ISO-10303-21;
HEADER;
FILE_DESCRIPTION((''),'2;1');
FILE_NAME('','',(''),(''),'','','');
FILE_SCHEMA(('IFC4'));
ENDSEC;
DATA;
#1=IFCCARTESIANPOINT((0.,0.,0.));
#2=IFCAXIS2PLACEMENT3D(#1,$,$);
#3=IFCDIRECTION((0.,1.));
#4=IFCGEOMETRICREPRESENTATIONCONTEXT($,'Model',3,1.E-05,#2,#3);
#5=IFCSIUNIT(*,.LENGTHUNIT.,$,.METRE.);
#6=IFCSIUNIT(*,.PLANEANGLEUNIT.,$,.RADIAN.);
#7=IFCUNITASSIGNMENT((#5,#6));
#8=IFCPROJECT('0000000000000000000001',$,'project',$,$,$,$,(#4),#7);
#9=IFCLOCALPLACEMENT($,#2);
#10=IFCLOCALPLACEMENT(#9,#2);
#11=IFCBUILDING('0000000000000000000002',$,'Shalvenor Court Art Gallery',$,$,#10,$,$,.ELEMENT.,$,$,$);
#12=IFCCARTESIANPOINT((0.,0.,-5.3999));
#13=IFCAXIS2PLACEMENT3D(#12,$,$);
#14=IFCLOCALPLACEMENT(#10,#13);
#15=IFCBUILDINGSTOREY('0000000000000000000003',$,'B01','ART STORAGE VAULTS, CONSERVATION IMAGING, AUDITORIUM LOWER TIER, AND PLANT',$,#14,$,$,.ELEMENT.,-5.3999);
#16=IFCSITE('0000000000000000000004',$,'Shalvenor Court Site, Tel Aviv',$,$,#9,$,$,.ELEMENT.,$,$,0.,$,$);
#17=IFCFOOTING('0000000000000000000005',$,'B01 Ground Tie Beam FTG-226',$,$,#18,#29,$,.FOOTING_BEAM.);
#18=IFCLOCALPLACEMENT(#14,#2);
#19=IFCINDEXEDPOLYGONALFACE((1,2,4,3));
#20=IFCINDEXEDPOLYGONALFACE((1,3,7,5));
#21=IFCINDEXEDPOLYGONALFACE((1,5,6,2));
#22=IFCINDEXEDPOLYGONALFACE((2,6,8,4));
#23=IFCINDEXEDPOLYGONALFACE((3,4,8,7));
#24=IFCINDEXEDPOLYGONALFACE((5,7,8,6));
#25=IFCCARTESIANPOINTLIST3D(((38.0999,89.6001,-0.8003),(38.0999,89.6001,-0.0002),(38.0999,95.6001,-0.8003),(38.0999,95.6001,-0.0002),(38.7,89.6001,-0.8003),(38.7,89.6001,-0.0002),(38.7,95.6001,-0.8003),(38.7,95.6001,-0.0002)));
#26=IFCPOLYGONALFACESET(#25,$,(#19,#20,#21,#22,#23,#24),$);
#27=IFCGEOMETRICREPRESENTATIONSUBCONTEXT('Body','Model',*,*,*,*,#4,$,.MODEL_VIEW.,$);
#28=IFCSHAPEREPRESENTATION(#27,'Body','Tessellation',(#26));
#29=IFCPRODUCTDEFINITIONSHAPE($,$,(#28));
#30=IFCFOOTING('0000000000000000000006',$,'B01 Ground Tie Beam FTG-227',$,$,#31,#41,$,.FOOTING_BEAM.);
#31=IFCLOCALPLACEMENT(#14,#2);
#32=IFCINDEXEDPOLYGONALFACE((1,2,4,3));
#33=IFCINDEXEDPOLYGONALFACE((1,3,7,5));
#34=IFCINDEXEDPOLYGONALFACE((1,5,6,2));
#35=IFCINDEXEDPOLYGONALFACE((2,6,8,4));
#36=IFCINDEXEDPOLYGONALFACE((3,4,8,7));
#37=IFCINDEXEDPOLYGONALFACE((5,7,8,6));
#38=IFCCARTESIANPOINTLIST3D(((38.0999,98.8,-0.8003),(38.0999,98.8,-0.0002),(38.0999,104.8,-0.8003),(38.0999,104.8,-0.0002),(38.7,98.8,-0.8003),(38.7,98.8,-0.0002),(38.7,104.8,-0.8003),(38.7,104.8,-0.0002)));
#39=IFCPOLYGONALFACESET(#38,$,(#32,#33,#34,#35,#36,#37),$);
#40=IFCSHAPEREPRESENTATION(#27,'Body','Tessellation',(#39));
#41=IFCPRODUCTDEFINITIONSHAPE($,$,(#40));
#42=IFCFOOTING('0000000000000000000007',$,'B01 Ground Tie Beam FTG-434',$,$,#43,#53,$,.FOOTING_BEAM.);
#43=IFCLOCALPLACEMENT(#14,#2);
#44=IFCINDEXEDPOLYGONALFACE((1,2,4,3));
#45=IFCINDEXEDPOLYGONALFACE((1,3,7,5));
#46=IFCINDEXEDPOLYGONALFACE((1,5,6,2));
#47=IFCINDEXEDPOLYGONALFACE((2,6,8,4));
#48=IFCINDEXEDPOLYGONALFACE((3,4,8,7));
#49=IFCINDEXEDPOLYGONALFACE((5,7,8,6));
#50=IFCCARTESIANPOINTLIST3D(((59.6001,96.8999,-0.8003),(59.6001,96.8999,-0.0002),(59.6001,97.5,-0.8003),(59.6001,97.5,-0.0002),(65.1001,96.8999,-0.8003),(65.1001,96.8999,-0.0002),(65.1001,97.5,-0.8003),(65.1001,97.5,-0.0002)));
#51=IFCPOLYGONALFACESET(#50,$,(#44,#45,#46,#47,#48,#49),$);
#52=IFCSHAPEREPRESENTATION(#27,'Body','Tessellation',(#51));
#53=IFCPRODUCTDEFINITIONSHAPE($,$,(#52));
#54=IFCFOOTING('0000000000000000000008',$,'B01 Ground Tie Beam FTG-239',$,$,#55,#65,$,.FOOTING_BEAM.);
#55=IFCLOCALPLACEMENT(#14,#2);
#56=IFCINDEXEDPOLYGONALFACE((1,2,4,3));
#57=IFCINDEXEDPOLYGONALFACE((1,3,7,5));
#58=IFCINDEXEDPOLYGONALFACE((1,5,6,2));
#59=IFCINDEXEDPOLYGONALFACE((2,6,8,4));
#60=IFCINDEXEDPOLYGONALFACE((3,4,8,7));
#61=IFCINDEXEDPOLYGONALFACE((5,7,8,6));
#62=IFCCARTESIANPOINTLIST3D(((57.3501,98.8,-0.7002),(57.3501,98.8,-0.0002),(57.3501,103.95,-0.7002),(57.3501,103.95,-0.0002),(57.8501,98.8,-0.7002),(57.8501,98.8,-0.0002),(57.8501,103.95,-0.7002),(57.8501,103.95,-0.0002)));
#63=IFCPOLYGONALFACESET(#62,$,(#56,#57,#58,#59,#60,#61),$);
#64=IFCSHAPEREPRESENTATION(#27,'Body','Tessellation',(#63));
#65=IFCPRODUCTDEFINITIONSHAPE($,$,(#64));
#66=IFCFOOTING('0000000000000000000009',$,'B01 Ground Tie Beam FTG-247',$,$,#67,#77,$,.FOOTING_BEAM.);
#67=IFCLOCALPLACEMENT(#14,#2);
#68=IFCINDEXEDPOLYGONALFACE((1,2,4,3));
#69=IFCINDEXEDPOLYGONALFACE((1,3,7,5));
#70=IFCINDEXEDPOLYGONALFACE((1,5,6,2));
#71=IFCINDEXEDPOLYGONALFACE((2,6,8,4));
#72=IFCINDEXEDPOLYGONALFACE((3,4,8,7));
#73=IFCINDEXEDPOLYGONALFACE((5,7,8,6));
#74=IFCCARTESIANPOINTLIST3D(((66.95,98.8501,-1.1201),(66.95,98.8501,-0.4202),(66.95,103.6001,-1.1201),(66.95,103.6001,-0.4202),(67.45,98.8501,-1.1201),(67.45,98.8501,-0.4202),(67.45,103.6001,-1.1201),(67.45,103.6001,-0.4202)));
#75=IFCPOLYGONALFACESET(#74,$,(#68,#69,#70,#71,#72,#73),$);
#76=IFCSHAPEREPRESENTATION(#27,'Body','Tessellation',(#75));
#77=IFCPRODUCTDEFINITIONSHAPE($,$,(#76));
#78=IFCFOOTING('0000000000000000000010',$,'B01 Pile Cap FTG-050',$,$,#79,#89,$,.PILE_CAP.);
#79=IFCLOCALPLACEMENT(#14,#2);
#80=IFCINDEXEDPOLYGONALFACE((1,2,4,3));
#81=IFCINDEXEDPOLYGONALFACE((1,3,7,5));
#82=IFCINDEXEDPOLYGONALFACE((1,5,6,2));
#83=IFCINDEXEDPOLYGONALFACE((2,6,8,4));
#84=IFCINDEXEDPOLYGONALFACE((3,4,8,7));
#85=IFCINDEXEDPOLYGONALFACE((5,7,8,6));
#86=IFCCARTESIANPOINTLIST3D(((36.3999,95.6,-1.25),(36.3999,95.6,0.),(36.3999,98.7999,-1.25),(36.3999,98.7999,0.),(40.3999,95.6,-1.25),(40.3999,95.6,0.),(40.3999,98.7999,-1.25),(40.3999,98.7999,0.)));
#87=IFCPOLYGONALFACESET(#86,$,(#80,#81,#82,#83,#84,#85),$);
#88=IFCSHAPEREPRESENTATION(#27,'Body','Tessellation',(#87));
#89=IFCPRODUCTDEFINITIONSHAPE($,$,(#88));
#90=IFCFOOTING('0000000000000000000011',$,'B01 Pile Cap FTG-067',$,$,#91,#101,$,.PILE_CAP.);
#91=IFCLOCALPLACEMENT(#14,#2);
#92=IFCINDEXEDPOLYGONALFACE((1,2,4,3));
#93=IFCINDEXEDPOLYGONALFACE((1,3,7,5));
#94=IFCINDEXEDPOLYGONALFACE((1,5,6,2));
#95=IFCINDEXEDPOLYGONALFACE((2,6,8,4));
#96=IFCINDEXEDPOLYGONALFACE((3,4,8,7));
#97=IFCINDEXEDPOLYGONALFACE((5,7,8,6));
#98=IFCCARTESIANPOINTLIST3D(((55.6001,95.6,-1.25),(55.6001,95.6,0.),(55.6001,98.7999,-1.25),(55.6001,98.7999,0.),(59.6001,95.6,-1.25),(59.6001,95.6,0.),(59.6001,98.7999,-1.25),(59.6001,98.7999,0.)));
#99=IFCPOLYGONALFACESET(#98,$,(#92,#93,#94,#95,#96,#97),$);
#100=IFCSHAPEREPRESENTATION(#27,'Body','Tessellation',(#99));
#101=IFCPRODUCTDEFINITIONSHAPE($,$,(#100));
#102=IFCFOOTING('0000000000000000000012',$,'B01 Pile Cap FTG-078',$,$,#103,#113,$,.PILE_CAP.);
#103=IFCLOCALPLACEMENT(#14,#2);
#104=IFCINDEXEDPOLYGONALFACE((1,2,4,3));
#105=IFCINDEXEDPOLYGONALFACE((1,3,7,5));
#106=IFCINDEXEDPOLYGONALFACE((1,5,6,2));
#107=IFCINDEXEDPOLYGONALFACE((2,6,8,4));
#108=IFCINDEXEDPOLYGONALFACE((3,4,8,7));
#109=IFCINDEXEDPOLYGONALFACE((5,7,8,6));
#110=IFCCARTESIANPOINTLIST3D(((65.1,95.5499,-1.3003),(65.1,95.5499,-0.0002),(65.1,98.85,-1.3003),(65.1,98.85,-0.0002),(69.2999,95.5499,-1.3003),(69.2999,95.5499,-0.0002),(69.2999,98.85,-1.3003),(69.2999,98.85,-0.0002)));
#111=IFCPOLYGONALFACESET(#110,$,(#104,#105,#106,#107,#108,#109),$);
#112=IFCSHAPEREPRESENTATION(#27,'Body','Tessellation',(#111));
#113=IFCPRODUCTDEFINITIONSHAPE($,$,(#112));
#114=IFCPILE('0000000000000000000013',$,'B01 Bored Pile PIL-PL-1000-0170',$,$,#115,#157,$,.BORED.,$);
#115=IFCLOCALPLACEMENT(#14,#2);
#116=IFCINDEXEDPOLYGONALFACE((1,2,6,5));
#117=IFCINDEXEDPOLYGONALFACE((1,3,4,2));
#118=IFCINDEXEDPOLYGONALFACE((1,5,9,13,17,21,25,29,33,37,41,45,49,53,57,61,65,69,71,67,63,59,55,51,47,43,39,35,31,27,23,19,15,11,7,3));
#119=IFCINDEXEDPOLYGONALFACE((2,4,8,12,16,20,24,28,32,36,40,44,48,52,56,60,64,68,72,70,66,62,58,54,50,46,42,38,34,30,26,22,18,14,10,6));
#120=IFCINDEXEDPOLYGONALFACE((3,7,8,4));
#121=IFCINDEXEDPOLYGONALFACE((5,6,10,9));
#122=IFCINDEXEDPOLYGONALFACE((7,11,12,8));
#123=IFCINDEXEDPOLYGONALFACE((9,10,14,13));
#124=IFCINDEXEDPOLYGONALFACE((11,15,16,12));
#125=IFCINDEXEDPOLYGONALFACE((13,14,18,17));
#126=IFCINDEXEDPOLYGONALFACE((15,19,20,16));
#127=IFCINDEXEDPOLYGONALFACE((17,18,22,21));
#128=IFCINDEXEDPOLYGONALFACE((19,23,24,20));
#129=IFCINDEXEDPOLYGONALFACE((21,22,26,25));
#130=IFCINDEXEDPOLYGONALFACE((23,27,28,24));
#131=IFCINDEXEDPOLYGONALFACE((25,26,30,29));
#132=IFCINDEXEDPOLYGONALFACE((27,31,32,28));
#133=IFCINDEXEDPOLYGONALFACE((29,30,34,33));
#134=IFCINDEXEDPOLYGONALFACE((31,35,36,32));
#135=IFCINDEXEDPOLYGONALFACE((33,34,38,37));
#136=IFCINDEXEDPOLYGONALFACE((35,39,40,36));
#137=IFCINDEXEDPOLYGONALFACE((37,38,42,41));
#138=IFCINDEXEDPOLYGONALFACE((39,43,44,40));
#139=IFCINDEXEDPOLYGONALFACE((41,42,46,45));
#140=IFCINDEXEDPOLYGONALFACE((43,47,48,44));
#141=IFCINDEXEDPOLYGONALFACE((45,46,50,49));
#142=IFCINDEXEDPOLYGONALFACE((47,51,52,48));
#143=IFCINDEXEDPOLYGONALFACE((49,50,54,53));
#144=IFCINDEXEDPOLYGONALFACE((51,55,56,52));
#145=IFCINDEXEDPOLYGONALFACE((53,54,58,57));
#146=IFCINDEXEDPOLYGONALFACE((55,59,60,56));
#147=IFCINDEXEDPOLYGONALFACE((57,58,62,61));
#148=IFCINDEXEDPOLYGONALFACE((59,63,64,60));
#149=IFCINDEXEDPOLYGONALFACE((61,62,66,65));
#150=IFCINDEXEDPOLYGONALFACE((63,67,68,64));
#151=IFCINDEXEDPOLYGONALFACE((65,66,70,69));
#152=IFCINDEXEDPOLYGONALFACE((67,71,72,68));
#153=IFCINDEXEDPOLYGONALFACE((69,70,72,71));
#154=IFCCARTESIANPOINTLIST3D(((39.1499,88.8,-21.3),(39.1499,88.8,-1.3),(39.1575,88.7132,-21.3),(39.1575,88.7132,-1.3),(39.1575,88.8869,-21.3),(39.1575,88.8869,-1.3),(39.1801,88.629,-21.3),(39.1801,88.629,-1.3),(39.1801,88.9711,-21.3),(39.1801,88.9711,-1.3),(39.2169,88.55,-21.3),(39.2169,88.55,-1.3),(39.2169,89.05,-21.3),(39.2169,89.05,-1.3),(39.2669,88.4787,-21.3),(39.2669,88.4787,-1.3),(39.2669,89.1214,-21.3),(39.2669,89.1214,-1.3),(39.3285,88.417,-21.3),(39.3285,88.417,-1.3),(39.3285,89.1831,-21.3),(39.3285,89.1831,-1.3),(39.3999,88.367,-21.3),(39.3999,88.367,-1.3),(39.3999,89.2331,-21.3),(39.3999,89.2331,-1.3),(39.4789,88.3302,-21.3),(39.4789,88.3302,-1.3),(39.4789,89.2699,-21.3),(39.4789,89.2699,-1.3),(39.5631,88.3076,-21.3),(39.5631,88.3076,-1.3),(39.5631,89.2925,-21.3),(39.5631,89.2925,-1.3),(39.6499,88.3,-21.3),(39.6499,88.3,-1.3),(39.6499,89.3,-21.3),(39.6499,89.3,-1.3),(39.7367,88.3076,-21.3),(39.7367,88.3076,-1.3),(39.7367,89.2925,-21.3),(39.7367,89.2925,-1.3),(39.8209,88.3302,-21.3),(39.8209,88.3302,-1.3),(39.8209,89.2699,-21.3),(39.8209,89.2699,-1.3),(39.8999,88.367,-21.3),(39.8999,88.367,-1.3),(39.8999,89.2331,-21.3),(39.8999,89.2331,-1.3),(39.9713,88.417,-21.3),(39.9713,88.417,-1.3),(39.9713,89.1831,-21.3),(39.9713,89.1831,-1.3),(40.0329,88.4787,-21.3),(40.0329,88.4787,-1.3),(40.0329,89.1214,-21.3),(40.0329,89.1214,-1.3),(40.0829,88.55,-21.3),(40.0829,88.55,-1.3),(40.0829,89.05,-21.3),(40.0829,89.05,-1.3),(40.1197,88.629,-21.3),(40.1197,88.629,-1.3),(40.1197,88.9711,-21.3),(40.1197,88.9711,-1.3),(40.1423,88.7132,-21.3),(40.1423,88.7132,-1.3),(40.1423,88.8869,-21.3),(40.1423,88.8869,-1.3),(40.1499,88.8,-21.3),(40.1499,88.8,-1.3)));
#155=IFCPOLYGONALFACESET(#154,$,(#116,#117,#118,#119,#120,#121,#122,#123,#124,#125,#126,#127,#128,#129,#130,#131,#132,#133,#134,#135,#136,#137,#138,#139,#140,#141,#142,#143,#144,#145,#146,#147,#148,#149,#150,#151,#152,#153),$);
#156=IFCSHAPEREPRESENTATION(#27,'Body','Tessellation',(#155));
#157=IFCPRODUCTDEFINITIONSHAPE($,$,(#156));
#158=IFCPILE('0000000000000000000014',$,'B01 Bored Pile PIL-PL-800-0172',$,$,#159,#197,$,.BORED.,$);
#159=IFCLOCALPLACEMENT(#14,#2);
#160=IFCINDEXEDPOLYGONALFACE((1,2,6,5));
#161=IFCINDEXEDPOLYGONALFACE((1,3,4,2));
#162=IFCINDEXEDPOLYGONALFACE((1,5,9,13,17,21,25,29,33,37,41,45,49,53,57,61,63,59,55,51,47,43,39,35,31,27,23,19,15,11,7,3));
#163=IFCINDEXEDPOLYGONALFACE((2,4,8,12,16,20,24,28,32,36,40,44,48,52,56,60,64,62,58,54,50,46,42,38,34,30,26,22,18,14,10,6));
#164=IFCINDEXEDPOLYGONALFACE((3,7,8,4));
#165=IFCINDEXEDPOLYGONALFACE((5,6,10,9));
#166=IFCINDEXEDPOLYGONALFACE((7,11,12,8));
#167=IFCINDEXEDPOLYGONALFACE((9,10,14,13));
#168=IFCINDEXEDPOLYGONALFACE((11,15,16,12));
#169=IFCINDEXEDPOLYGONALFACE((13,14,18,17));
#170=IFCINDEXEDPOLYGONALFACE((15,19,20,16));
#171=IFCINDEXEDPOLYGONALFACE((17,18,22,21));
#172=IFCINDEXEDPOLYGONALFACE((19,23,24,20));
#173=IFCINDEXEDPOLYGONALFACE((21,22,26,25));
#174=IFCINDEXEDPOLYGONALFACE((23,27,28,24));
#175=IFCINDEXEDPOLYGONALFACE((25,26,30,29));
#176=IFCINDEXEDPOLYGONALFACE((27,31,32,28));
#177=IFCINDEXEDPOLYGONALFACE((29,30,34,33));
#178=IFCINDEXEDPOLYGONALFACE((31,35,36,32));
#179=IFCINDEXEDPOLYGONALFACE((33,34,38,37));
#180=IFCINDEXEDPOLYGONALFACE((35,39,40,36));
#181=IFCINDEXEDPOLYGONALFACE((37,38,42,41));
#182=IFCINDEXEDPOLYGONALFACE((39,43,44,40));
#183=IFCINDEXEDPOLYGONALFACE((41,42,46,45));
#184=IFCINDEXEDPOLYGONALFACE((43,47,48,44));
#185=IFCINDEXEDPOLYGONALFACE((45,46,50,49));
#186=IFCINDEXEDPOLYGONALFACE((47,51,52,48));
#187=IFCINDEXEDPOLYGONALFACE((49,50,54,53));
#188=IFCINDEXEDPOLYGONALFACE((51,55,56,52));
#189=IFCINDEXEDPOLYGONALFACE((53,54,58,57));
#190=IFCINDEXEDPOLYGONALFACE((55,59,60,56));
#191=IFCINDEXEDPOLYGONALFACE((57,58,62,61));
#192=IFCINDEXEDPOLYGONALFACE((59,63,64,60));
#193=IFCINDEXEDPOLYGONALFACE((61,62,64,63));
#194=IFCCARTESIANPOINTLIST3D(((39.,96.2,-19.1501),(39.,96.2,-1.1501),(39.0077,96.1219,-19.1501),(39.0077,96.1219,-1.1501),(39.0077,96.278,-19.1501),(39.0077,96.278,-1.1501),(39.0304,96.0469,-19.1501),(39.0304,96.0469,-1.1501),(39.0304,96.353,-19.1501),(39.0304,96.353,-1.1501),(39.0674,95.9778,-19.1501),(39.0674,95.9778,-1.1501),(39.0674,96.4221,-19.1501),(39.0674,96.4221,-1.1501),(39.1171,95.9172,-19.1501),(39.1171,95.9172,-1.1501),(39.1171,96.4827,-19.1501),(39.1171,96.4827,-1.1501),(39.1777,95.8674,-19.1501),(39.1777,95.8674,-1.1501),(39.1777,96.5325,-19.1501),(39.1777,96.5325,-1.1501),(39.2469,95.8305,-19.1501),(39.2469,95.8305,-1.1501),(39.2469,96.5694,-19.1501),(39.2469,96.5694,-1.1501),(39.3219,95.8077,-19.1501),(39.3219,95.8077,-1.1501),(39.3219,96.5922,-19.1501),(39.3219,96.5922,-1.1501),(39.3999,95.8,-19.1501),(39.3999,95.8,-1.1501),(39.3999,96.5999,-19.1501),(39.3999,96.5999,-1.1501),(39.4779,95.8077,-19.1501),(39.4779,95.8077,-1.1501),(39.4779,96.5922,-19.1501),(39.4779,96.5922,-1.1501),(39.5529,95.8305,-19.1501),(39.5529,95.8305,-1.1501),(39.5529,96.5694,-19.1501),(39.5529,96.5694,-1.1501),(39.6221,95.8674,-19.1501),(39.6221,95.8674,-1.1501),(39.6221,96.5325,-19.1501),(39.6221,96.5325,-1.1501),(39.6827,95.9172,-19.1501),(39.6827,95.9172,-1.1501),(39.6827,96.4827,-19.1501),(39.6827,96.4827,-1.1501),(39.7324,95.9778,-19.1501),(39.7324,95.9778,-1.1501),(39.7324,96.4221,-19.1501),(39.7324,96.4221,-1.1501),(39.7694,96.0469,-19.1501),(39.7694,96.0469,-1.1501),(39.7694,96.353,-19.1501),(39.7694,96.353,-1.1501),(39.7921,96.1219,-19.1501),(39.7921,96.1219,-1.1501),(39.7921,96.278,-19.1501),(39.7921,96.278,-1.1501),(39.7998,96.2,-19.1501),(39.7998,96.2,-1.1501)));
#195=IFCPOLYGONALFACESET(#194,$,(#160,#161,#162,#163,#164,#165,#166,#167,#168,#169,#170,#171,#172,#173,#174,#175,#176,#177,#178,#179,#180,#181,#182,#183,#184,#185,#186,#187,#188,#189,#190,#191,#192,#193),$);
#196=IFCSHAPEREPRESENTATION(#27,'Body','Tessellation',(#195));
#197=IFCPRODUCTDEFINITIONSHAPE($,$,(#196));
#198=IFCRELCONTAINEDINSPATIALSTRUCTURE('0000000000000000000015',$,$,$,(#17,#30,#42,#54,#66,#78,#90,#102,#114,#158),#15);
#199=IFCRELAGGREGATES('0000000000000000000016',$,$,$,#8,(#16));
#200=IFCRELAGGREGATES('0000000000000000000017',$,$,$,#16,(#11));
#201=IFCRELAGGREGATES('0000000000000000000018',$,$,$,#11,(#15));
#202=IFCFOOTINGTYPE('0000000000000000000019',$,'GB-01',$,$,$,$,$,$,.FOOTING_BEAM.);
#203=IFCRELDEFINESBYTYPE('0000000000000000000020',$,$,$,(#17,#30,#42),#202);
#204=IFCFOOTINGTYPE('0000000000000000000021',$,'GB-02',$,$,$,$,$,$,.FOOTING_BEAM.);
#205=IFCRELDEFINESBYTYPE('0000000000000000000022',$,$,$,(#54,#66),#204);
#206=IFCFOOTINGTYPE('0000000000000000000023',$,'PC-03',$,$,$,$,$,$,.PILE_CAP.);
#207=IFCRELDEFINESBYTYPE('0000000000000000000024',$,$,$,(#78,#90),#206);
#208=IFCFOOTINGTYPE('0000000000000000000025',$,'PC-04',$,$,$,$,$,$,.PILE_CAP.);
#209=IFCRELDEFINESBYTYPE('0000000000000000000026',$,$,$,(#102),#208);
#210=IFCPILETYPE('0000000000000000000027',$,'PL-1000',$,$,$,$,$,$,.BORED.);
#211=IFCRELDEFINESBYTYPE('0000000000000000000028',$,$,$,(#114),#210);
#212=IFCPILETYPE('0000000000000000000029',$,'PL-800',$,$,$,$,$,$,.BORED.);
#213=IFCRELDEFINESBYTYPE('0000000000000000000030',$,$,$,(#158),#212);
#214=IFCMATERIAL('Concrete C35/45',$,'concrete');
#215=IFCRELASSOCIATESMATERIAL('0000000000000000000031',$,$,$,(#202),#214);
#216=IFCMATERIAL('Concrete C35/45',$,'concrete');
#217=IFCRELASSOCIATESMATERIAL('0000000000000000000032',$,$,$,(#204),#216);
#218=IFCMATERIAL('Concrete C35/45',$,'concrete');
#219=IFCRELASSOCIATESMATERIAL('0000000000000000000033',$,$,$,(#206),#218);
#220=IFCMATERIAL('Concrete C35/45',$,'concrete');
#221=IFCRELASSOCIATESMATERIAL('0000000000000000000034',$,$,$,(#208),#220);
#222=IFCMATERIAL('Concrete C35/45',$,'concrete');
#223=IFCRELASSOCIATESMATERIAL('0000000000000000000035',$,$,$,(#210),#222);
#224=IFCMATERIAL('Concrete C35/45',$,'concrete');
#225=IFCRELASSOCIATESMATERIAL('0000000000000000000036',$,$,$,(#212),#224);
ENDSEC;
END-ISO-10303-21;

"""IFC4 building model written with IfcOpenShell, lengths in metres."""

from ifc_helpers import new_model, si_unit, direction, frame, origin, origin_2d, place, context, subcontext, project, spatial, rectangle, circle, extrude, material, material_profile, profile_set, type_object, element, save


model = new_model("IFC4")

# Units and contexts
model_context = context("Model", 3, precision=1e-05, world=origin(), true_north=direction((0.0, 1.0)))
body_context = subcontext(model_context, "Body", "Model", "MODEL_VIEW")
ifc_project = project(units=[si_unit("LENGTHUNIT", "METRE"), si_unit("PLANEANGLEUNIT", "RADIAN")], contexts=[model_context])

# Site, building, storey
site_placement = place(None, origin())
site = spatial("IfcSite", under=ifc_project, at=site_placement, Name="Shalvenor Court Site, Tel Aviv", CompositionType="ELEMENT", RefElevation=0.0)
building_placement = place(site_placement, origin())
building = spatial("IfcBuilding", under=site, at=building_placement, Name="Shalvenor Court Art Gallery", CompositionType="ELEMENT")
storey_placement = place(building_placement, frame((0.0, 0.0, -5.3999)))
storey = spatial("IfcBuildingStorey", under=building, at=storey_placement, Name="B01", Description="ART STORAGE VAULTS, CONSERVATION IMAGING, AUDITORIUM LOWER TIER, AND PLANT", CompositionType="ELEMENT", Elevation=-5.3999)

# Footings
ifc_material_1 = material(Name="Concrete C35/45", Category="concrete")
footing_type_1 = type_object("IfcFootingType", Name="GB-01", PredefinedType="FOOTING_BEAM", material=ifc_material_1)
for number, where, z_axis, x_axis, name in (
    (1, (38.3999, 92.6001, -0.8003), (0.0, 0.0, 1.0), (0.0, 1.0, 0.0), "B01 Ground Tie Beam FTG-226"),
    (2, (38.3999, 101.8, -0.8003), (0.0, 0.0, 1.0), (0.0, 1.0, 0.0), "B01 Ground Tie Beam FTG-227"),
):
    element("IfcFooting", number, at=place(storey_placement, frame(where, z_axis=z_axis, x_axis=x_axis)), inside=storey, type_object=footing_type_1, Name=name, PredefinedType="FOOTING_BEAM", context=body_context, shape_type="SweptSolid", body=[
        extrude(rectangle(XDim=6.0, YDim=0.6001, at=origin_2d()), origin(), (0.0, 0.0, 1.0), 0.8),
    ])
footing_1_placement = place(storey_placement, frame((62.3501, 97.2, -0.8003), z_axis=(0.0, 0.0, 1.0), x_axis=(1.0, 0.0, 0.0)))
element("IfcFooting", 3, at=footing_1_placement, inside=storey, type_object=footing_type_1, Name="B01 Ground Tie Beam FTG-434", PredefinedType="FOOTING_BEAM", context=body_context, shape_type="SweptSolid", body=[
    extrude(rectangle(XDim=5.5, YDim=0.6001, at=origin_2d()), origin(), (0.0, 0.0, 1.0), 0.8),
])
ifc_material_2 = material(Name="Concrete C35/45", Category="concrete")
footing_type_2 = type_object("IfcFootingType", Name="GB-02", PredefinedType="FOOTING_BEAM", material=ifc_material_2)
footing_2_placement = place(storey_placement, frame((57.6001, 101.375, -0.7002), z_axis=(0.0, 0.0, 1.0), x_axis=(0.0, 1.0, 0.0)))
element("IfcFooting", 4, at=footing_2_placement, inside=storey, type_object=footing_type_2, Name="B01 Ground Tie Beam FTG-239", PredefinedType="FOOTING_BEAM", context=body_context, shape_type="SweptSolid", body=[
    extrude(rectangle(XDim=5.1499, YDim=0.5, at=origin_2d()), origin(), (0.0, 0.0, 1.0), 0.7),
])
footing_3_placement = place(storey_placement, frame((67.2, 101.2251, -1.1201), z_axis=(0.0, 0.0, 1.0), x_axis=(0.0, 1.0, 0.0)))
element("IfcFooting", 5, at=footing_3_placement, inside=storey, type_object=footing_type_2, Name="B01 Ground Tie Beam FTG-247", PredefinedType="FOOTING_BEAM", context=body_context, shape_type="SweptSolid", body=[
    extrude(rectangle(XDim=4.75, YDim=0.5, at=origin_2d()), origin(), (0.0, 0.0, 1.0), 0.7),
])
ifc_material_3 = material(Name="Concrete C35/45", Category="concrete")
footing_type_3 = type_object("IfcFootingType", Name="PC-03", PredefinedType="PILE_CAP", material=ifc_material_3)
for number, where, z_axis, x_axis, name in (
    (6, (38.3999, 97.2, -1.25), (0.0, 0.0, 1.0), (1.0, 0.0, 0.0), "B01 Pile Cap FTG-050"),
    (7, (57.6001, 97.2, -1.25), (0.0, 0.0, 1.0), (1.0, 0.0, 0.0), "B01 Pile Cap FTG-067"),
):
    element("IfcFooting", number, at=place(storey_placement, frame(where, z_axis=z_axis, x_axis=x_axis)), inside=storey, type_object=footing_type_3, Name=name, PredefinedType="PILE_CAP", context=body_context, shape_type="SweptSolid", body=[
        extrude(rectangle(XDim=4.0, YDim=3.2, at=origin_2d()), origin(), (0.0, 0.0, 1.0), 1.25),
    ])
ifc_material_4 = material(Name="Concrete C35/45", Category="concrete")
footing_type_4 = type_object("IfcFootingType", Name="PC-04", PredefinedType="PILE_CAP", material=ifc_material_4)
footing_4_placement = place(storey_placement, frame((67.2, 97.2, -1.3003), z_axis=(0.0, 0.0, 1.0), x_axis=(1.0, 0.0, 0.0)))
element("IfcFooting", 8, at=footing_4_placement, inside=storey, type_object=footing_type_4, Name="B01 Pile Cap FTG-078", PredefinedType="PILE_CAP", context=body_context, shape_type="SweptSolid", body=[
    extrude(rectangle(XDim=4.2, YDim=3.3, at=origin_2d()), origin(), (0.0, 0.0, 1.0), 1.3),
])

# Piles
ifc_material_5 = material(Name="Concrete C35/45", Category="concrete")
ifc_material_profile_1 = material_profile(ifc_material_5, circle(Radius=0.5, at=origin_2d()), Name="PILE 1000")
ifc_profile_set_1 = profile_set([ifc_material_profile_1], Name="Concrete C35/45")
pile_type_1 = type_object("IfcPileType", Name="PL-1000", PredefinedType="BORED", material=ifc_profile_set_1)
pile_placement = place(storey_placement, frame((39.6499, 88.8, -1.3), z_axis=(0.0, 0.0, -1.0), x_axis=(1.0, 0.0, 0.0)))
element("IfcPile", 9, at=pile_placement, inside=storey, type_object=pile_type_1, Name="B01 Bored Pile PIL-PL-1000-0170", PredefinedType="BORED", context=body_context, shape_type="SweptSolid", body=[
    extrude(circle(Radius=0.5, at=origin_2d()), origin(), (0.0, 0.0, 1.0), 20.0),
])
ifc_material_6 = material(Name="Concrete C35/45", Category="concrete")
ifc_material_profile_2 = material_profile(ifc_material_6, circle(Radius=0.3999, at=origin_2d()), Name="PILE 800")
ifc_profile_set_2 = profile_set([ifc_material_profile_2], Name="Concrete C35/45")
pile_type_2 = type_object("IfcPileType", Name="PL-800", PredefinedType="BORED", material=ifc_profile_set_2)
for number, where, z_axis, x_axis, name in (
    (10, (39.3999, 96.2, -1.1501), (0.0, 0.0, -1.0), (1.0, 0.0, 0.0), "B01 Bored Pile PIL-PL-800-0172"),
):
    element("IfcPile", number, at=place(storey_placement, frame(where, z_axis=z_axis, x_axis=x_axis)), inside=storey, type_object=pile_type_2, Name=name, PredefinedType="BORED", context=body_context, shape_type="SweptSolid", body=[
        extrude(circle(Radius=0.3999, at=origin_2d()), origin(), (0.0, 0.0, 1.0), 18.0),
    ])

save(model, "model.ifc")
